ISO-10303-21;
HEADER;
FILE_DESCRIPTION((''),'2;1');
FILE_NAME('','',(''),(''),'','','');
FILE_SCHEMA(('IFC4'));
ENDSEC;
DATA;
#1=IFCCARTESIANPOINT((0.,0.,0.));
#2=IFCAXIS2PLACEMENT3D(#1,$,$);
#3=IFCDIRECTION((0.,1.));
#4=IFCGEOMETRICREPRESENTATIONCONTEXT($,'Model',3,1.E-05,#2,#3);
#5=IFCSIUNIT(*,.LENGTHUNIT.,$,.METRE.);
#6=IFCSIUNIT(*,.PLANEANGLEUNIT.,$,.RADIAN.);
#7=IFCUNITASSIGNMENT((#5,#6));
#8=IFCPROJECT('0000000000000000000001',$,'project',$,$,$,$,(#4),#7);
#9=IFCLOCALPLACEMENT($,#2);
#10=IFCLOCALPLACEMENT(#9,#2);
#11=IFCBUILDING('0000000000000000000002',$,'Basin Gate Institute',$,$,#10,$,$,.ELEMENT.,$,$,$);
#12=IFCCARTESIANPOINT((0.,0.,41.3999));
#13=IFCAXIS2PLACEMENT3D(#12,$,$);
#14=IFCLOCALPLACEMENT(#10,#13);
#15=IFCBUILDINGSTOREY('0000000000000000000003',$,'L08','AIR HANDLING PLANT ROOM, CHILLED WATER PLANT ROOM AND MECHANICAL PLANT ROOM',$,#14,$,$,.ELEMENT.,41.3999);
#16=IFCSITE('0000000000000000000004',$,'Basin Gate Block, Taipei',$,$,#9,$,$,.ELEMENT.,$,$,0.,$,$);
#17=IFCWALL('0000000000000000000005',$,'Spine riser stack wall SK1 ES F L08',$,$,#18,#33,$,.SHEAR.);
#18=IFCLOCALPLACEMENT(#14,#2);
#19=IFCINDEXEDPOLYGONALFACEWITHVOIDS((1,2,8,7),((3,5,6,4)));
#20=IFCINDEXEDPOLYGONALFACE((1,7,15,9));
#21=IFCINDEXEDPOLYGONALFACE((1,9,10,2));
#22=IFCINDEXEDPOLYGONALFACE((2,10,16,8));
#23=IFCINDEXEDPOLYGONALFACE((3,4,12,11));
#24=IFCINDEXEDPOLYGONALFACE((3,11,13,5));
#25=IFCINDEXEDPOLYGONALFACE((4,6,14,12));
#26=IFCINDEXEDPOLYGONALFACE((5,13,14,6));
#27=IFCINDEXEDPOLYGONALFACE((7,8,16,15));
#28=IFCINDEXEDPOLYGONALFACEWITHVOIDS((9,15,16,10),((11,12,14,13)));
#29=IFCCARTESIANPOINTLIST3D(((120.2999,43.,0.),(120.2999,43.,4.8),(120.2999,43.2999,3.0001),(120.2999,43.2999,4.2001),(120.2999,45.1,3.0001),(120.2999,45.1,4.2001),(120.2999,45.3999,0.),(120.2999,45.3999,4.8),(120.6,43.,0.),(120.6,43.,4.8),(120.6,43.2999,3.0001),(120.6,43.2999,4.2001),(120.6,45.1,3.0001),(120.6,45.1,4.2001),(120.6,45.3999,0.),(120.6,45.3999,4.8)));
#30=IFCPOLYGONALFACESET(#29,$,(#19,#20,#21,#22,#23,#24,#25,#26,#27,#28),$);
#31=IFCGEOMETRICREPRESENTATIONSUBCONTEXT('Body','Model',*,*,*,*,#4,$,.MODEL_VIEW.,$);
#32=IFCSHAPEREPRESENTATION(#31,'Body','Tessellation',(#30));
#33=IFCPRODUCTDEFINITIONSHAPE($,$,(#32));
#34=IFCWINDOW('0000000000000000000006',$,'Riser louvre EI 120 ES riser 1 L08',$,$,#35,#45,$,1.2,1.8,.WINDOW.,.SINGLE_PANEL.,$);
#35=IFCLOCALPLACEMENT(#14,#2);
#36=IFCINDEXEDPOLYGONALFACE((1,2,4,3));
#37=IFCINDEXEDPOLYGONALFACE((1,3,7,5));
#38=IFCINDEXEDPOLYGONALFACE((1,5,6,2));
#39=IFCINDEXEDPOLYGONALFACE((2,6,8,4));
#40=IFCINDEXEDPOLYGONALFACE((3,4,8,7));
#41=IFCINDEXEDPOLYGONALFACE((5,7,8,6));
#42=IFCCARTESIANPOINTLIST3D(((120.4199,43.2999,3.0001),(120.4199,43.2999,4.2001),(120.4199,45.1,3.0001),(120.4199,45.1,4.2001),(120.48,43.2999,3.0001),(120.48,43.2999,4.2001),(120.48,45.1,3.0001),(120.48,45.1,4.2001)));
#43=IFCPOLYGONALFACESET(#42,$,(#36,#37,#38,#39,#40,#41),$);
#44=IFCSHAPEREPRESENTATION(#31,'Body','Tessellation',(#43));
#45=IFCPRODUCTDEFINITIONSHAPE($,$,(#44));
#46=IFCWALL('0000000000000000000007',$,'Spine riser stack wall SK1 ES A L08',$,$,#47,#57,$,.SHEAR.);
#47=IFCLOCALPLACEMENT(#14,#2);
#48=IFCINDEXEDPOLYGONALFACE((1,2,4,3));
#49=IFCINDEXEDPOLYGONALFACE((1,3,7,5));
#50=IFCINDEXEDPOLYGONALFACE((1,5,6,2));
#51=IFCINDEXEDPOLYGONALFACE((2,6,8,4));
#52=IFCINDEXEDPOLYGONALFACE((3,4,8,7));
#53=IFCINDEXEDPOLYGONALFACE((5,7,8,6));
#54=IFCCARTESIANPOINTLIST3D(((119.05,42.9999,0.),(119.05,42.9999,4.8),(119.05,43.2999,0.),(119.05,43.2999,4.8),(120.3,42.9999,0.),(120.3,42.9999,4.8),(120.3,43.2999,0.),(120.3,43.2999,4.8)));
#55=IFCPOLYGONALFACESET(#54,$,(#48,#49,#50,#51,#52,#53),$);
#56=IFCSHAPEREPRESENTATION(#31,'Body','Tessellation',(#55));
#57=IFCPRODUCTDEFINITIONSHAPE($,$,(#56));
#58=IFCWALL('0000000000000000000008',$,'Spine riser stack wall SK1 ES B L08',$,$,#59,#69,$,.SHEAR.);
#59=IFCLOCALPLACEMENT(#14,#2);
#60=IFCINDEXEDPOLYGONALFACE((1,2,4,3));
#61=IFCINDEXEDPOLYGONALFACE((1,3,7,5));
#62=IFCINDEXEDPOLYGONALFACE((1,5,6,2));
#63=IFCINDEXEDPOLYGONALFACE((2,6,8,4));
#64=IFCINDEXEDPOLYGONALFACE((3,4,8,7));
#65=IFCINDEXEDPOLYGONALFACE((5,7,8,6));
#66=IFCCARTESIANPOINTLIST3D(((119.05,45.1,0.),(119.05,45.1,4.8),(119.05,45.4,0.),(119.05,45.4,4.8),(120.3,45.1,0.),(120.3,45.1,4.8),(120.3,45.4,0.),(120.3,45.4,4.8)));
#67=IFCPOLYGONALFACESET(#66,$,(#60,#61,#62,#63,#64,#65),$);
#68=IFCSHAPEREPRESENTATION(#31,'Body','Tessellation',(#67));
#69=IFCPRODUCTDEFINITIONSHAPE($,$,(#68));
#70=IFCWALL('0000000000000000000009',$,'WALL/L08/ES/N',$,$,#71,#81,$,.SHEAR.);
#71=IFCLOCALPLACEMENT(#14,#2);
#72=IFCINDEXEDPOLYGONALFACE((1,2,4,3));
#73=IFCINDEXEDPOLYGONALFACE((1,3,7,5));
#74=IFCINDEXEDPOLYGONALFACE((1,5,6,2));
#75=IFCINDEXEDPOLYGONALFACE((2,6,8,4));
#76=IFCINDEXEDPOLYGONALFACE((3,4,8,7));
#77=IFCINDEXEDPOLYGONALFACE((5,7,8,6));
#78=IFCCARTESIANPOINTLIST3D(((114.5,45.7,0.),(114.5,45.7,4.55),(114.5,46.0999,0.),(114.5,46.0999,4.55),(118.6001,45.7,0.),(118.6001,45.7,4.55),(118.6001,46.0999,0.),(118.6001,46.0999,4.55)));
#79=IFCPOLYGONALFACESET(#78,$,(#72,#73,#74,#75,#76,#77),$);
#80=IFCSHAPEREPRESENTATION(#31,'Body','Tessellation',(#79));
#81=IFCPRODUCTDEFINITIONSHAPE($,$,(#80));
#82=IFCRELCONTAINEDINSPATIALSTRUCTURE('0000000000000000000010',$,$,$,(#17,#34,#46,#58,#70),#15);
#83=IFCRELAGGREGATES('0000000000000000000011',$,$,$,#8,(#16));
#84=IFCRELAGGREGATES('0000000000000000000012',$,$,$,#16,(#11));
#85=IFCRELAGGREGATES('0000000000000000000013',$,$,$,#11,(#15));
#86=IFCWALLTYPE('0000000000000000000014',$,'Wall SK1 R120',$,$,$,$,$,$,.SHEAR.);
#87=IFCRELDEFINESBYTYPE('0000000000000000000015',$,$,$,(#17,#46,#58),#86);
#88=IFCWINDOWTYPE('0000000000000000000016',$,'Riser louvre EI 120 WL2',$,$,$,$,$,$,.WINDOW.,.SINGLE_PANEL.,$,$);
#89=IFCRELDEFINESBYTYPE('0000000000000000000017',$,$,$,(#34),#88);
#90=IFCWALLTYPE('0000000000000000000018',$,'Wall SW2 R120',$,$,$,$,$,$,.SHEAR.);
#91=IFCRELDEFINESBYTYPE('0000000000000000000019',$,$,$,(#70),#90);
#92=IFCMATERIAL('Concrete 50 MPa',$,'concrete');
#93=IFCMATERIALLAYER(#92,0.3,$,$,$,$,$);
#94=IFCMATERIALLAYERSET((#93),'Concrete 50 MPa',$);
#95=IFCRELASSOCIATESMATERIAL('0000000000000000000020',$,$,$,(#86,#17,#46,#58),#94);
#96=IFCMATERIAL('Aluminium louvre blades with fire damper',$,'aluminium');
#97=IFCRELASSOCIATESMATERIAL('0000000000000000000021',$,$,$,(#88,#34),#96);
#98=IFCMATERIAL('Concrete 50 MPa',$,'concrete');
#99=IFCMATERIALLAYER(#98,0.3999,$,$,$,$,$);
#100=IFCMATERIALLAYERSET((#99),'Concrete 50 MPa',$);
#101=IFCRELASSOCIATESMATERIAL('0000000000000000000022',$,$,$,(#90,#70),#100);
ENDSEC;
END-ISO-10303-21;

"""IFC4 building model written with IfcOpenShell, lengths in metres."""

from ifc_helpers import new_model, si_unit, direction, frame, frame_2d, origin, place, context, subcontext, project, spatial, rectangle, extrude, material, layer, layer_set, type_object, element, fill, save


model = new_model("IFC4")

# Units and contexts
model_context = context("Model", 3, precision=1e-05, world=origin(), true_north=direction((0.0, 1.0)))
body_context = subcontext(model_context, "Body", "Model", "MODEL_VIEW")
ifc_project = project(units=[si_unit("LENGTHUNIT", "METRE"), si_unit("PLANEANGLEUNIT", "RADIAN")], contexts=[model_context])

# Site, building, storey
site_placement = place(None, origin())
site = spatial("IfcSite", under=ifc_project, at=site_placement, Name="Basin Gate Block, Taipei", CompositionType="ELEMENT", RefElevation=0.0)
building_placement = place(site_placement, origin())
building = spatial("IfcBuilding", under=site, at=building_placement, Name="Basin Gate Institute", CompositionType="ELEMENT")
storey_placement = place(building_placement, frame((0.0, 0.0, 41.3999)))
storey = spatial("IfcBuildingStorey", under=building, at=storey_placement, Name="L08", Description="AIR HANDLING PLANT ROOM, CHILLED WATER PLANT ROOM AND MECHANICAL PLANT ROOM", CompositionType="ELEMENT", Elevation=41.3999)

# Wall, opening, window
ifc_material_1 = material(Name="Concrete 50 MPa", Category="concrete")
ifc_layer_1 = layer(ifc_material_1, 0.3)
ifc_layer_set_1 = layer_set([ifc_layer_1], Name="Concrete 50 MPa")
wall_type_1 = type_object("IfcWallType", Name="Wall SK1 R120", PredefinedType="SHEAR", material=ifc_layer_set_1)
wall_1_placement = place(storey_placement, frame((120.45, 43.0, 0.0), z_axis=(0.0, 0.0, 1.0), x_axis=(0.0, 1.0, 0.0)))
wall_1 = element("IfcWall", 1, at=wall_1_placement, inside=storey, type_object=wall_type_1, material=ifc_layer_set_1, Name="Spine riser stack wall SK1 ES F L08", PredefinedType="SHEAR", context=body_context, shape_type="SweptSolid", body=[
    extrude(rectangle(XDim=2.3999, YDim=0.3, at=frame_2d((1.2, 0.0))), origin(), (0.0, 0.0, 1.0), 4.8),
])
opening_placement = place(wall_1_placement, frame((0.3, 0.0, 3.0)))
opening = element("IfcOpeningElement", 2, at=opening_placement, cuts=wall_1, PredefinedType="OPENING", context=body_context, shape_type="SweptSolid", body=[
    extrude(rectangle(XDim=1.8, YDim=1.2, at=frame_2d((0.8999, 0.6001))), frame((0.0, 0.1602, 0.0), z_axis=(0.0, -1.0, 0.0), x_axis=(1.0, 0.0, 0.0)), (0.0, 0.0, 1.0), 0.3201),
])
ifc_material_2 = material(Name="Aluminium louvre blades with fire damper", Category="aluminium")
window_type = type_object("IfcWindowType", Name="Riser louvre EI 120 WL2", PartitioningType="SINGLE_PANEL", PredefinedType="WINDOW", material=ifc_material_2)
window_placement = place(opening_placement, origin())
window = element("IfcWindow", 3, at=window_placement, inside=storey, type_object=window_type, material=ifc_material_2, Name="Riser louvre EI 120 ES riser 1 L08", OverallHeight=1.2, OverallWidth=1.8, PartitioningType="SINGLE_PANEL", PredefinedType="WINDOW", context=body_context, shape_type="SweptSolid", body=[
    extrude(rectangle(XDim=1.8, YDim=1.2, at=frame_2d((0.8999, 0.6001))), frame((0.0, 0.03, 0.0), z_axis=(0.0, -1.0, 0.0), x_axis=(1.0, 0.0, 0.0)), (0.0, 0.0, 1.0), 0.0601),
])
fill(opening, window)

# Walls
for number, where, z_axis, x_axis, name in (
    (4, (119.05, 43.1499, 0.0), (0.0, 0.0, 1.0), (1.0, 0.0, 0.0), "Spine riser stack wall SK1 ES A L08"),
    (5, (119.05, 45.25, 0.0), (0.0, 0.0, 1.0), (1.0, 0.0, 0.0), "Spine riser stack wall SK1 ES B L08"),
):
    element("IfcWall", number, at=place(storey_placement, frame(where, z_axis=z_axis, x_axis=x_axis)), inside=storey, type_object=wall_type_1, material=ifc_layer_set_1, Name=name, PredefinedType="SHEAR", context=body_context, shape_type="SweptSolid", body=[
        extrude(rectangle(XDim=1.25, YDim=0.3, at=frame_2d((0.625, 0.0))), origin(), (0.0, 0.0, 1.0), 4.8),
    ])
ifc_material_3 = material(Name="Concrete 50 MPa", Category="concrete")
ifc_layer_2 = layer(ifc_material_3, 0.3999)
ifc_layer_set_2 = layer_set([ifc_layer_2], Name="Concrete 50 MPa")
wall_type_2 = type_object("IfcWallType", Name="Wall SW2 R120", PredefinedType="SHEAR", material=ifc_layer_set_2)
wall_2_placement = place(storey_placement, frame((118.6001, 45.8999, 0.0), z_axis=(0.0, 0.0, 1.0), x_axis=(-1.0, 0.0, 0.0)))
element("IfcWall", 6, at=wall_2_placement, inside=storey, type_object=wall_type_2, material=ifc_layer_set_2, Name="WALL/L08/ES/N", PredefinedType="SHEAR", context=body_context, shape_type="SweptSolid", body=[
    extrude(rectangle(XDim=4.1001, YDim=0.3999, at=frame_2d((2.05, 0.0))), origin(), (0.0, 0.0, 1.0), 4.55),
])

save(model, "model.ifc")
